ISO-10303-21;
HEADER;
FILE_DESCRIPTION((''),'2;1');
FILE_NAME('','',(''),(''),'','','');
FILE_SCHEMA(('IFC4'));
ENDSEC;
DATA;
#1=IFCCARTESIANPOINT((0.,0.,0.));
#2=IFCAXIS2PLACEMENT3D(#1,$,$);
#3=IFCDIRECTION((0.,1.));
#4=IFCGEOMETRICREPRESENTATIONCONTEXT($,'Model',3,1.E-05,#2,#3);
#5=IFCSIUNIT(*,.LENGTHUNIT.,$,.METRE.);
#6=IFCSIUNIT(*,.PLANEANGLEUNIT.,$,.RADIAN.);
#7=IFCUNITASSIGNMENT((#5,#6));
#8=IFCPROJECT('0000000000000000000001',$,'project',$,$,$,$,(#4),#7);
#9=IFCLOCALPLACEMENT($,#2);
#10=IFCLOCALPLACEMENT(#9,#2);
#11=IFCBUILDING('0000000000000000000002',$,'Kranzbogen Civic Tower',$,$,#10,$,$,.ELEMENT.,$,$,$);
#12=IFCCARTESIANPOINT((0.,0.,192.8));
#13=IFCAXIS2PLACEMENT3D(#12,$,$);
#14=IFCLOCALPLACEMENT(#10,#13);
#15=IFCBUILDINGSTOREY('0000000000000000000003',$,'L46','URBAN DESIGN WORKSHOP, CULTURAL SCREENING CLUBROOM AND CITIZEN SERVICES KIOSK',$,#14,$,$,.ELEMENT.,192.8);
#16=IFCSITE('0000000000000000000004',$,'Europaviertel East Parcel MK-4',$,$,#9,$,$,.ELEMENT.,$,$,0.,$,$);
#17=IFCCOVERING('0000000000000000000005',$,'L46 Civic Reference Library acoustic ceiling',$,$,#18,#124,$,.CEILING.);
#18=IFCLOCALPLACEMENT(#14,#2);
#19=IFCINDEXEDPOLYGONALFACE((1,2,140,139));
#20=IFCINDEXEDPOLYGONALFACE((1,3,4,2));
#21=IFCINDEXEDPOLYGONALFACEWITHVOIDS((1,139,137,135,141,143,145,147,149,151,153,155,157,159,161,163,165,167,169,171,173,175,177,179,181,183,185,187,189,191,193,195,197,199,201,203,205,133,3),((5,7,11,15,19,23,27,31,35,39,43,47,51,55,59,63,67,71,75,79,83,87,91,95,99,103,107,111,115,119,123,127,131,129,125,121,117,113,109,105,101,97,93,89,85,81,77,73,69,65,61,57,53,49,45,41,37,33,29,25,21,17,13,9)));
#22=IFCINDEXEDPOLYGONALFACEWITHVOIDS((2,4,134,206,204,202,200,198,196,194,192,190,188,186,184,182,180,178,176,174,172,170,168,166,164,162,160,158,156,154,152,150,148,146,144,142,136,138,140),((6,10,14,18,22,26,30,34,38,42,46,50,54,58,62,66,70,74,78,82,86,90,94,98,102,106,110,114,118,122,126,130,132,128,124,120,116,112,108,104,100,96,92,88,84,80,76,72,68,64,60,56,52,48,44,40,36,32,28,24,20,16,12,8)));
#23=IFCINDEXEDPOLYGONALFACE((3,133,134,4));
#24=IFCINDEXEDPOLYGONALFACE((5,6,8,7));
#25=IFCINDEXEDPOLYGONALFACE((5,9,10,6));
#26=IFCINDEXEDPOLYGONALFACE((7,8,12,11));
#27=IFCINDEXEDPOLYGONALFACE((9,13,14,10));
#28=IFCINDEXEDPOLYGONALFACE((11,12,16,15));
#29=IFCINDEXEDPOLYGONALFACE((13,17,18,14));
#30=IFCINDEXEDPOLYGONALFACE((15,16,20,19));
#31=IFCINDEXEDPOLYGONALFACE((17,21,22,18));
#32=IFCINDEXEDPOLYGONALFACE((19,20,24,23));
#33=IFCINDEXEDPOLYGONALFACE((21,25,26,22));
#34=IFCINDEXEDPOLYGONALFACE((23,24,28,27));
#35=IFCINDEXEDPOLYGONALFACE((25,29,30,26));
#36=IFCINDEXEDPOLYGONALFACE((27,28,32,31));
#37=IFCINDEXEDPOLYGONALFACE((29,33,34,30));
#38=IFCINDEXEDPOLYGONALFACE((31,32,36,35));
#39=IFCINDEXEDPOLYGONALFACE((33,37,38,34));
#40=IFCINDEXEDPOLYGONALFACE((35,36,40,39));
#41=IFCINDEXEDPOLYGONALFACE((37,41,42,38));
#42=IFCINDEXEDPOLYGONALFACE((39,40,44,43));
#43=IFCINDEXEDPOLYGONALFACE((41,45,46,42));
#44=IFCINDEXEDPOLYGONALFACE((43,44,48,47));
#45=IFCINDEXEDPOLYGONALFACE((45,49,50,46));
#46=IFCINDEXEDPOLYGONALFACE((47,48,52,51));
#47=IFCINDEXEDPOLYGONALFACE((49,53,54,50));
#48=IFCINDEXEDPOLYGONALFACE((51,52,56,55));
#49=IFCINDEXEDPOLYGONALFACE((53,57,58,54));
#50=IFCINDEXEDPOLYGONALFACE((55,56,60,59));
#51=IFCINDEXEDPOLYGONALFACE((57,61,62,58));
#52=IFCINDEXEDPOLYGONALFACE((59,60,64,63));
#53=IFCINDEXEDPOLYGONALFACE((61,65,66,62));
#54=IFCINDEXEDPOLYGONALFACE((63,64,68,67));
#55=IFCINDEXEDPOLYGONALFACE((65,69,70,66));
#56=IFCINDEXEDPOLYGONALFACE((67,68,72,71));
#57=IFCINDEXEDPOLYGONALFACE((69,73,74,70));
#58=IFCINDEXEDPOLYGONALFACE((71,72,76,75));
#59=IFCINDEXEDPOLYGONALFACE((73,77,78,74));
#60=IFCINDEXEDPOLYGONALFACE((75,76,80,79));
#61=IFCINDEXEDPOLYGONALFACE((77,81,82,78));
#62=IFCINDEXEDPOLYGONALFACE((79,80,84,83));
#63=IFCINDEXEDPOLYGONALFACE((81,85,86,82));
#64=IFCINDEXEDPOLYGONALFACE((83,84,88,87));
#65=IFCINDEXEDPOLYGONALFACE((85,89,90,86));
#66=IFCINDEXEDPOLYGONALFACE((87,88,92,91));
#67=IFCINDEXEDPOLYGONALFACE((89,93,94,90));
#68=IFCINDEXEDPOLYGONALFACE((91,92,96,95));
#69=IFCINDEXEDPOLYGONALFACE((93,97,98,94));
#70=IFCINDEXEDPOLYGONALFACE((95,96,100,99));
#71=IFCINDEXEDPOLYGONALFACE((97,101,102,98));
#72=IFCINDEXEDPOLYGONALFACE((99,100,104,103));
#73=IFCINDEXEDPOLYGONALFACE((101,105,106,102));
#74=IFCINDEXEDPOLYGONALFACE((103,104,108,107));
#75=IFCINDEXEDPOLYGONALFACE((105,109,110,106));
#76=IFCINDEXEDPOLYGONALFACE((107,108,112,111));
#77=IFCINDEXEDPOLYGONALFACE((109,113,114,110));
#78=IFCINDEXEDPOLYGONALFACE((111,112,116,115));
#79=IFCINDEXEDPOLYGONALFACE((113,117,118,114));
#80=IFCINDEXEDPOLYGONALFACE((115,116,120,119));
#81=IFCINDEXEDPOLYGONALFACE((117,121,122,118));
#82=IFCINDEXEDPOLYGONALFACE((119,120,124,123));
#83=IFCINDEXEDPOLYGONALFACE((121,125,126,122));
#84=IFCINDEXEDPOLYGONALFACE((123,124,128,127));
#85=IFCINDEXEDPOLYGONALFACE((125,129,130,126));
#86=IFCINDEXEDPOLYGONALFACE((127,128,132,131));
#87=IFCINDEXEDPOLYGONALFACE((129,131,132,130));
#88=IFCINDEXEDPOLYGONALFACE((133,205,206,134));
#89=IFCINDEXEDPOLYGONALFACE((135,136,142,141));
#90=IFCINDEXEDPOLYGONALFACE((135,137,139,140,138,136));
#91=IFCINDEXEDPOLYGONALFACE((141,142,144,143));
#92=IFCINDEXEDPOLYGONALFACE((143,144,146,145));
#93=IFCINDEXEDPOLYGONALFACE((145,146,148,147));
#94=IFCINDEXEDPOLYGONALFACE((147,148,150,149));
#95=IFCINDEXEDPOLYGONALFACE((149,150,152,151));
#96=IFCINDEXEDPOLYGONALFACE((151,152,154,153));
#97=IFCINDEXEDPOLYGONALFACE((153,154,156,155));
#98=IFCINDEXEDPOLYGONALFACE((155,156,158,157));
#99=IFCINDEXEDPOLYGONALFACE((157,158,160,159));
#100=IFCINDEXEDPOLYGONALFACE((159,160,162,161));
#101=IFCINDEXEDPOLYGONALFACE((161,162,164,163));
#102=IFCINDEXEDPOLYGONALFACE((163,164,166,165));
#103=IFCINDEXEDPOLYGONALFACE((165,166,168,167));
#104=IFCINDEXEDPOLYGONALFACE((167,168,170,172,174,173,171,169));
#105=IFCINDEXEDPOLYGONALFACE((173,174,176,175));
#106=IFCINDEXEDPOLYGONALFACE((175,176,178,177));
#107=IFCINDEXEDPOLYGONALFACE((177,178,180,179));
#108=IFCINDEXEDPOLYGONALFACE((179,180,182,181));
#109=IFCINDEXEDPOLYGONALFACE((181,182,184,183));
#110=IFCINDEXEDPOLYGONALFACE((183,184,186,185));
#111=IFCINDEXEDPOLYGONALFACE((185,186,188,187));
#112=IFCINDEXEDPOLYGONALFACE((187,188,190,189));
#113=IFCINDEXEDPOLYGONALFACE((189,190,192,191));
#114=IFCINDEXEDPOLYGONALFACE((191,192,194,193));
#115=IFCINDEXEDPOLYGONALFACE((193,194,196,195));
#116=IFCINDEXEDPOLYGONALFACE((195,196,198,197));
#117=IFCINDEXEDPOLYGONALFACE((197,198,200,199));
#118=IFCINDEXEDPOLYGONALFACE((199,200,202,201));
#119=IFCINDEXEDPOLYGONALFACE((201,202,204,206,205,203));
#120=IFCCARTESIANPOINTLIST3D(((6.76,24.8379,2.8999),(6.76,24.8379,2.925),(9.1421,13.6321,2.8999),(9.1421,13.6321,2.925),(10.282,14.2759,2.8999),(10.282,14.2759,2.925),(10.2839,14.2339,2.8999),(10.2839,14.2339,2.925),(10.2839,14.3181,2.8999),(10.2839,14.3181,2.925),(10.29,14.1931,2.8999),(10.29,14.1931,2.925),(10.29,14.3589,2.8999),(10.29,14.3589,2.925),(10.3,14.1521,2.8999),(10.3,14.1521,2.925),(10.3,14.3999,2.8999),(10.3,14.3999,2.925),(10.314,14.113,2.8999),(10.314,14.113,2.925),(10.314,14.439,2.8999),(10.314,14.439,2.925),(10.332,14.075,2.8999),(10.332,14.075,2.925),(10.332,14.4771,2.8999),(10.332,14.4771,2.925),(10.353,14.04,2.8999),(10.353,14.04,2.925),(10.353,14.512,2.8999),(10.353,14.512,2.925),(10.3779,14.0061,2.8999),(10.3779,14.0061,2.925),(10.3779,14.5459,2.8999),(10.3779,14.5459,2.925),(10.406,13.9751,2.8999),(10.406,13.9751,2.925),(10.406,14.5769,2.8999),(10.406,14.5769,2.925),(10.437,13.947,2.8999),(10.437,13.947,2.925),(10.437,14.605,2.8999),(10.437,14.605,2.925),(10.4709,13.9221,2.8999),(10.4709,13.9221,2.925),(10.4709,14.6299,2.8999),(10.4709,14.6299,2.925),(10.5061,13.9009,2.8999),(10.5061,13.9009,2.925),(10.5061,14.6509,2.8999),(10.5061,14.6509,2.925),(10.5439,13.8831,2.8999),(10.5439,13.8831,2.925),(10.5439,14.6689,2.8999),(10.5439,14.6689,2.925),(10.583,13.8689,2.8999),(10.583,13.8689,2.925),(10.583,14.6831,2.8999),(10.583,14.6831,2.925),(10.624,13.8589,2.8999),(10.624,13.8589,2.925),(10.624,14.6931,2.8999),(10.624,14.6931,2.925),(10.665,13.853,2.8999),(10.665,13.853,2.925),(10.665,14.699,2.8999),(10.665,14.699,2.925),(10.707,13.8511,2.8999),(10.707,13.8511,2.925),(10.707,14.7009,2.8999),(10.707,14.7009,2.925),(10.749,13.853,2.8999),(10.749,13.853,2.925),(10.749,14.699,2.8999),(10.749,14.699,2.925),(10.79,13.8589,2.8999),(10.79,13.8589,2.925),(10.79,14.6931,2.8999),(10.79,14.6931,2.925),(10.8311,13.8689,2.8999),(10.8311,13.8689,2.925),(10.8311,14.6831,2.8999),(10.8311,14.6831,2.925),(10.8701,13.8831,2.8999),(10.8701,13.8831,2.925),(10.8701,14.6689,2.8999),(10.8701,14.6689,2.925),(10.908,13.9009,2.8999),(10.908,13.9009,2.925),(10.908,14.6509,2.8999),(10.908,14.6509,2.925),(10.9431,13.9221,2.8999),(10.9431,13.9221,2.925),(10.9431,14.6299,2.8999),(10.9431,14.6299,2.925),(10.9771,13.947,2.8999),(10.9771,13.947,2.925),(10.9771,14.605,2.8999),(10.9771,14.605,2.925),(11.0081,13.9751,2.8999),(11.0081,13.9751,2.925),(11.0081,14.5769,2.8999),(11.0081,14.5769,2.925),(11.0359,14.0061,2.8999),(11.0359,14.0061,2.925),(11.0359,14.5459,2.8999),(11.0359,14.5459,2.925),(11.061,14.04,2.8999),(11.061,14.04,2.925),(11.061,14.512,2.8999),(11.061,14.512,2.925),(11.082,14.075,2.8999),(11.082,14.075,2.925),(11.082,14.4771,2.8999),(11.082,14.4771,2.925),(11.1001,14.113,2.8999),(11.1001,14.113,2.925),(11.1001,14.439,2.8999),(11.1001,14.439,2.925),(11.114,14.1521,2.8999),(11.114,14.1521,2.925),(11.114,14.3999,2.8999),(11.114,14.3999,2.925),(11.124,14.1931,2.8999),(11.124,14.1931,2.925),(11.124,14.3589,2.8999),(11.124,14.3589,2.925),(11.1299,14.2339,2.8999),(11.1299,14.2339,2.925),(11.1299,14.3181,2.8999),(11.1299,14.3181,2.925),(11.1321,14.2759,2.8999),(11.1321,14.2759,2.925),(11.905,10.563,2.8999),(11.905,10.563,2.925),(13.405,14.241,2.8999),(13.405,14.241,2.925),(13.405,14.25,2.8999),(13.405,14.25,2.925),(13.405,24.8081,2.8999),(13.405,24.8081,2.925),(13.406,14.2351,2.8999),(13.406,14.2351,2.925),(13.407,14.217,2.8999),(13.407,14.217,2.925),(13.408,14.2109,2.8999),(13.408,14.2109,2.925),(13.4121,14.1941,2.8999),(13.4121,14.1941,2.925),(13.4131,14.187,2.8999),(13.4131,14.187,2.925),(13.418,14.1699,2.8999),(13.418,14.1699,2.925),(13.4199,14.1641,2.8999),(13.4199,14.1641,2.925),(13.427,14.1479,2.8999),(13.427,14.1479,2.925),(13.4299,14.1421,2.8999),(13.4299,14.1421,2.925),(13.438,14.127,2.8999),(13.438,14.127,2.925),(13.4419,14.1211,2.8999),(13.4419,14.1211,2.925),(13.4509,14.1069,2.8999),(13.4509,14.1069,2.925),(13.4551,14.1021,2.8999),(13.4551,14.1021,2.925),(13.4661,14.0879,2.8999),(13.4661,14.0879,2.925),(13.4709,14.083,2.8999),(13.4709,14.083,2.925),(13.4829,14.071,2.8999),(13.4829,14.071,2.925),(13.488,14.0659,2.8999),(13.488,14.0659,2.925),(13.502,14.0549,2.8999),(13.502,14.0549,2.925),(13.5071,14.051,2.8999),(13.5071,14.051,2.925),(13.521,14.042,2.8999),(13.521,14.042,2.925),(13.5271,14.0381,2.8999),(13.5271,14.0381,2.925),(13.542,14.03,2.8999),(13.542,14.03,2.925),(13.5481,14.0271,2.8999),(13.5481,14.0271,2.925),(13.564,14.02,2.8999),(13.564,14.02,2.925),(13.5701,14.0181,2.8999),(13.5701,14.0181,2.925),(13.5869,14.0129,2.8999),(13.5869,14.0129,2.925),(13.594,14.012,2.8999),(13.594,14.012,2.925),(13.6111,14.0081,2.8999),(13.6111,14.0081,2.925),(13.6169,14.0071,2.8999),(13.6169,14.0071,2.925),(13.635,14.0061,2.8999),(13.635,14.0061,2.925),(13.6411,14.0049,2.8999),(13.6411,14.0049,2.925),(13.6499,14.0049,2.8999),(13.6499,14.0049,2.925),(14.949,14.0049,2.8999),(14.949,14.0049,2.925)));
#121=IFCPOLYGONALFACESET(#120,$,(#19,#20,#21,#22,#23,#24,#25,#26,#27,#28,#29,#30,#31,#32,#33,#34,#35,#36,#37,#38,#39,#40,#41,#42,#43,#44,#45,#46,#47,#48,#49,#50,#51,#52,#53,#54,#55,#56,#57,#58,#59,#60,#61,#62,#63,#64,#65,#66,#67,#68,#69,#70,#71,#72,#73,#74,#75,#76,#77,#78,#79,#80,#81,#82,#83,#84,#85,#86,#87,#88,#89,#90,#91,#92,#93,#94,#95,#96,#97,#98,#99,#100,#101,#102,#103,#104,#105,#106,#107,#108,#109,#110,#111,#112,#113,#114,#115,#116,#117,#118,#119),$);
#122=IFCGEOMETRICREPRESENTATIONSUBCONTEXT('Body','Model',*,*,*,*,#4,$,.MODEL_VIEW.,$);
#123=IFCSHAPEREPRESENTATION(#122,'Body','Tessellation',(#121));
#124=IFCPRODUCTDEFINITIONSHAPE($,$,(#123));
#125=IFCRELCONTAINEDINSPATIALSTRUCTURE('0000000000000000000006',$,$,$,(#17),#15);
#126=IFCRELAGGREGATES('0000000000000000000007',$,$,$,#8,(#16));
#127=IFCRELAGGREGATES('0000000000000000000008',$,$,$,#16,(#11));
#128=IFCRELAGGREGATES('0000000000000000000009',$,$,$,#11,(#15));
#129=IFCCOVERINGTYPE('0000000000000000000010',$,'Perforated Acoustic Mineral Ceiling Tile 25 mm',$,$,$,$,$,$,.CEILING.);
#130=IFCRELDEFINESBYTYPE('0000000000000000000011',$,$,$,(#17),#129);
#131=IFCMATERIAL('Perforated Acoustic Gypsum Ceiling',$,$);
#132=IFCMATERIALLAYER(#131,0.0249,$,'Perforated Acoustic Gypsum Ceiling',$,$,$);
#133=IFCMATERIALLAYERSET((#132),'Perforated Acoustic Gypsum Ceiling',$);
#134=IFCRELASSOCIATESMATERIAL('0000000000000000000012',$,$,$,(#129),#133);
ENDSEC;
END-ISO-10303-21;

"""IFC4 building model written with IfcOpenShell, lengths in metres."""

from ifc_helpers import new_model, si_unit, direction, frame, origin, place, context, subcontext, project, spatial, polyline, outline, extrude, material, layer, layer_set, type_object, element, save


model = new_model("IFC4")

# Units and contexts
model_context = context("Model", 3, precision=1e-05, world=origin(), true_north=direction((0.0, 1.0)))
body_context = subcontext(model_context, "Body", "Model", "MODEL_VIEW")
ifc_project = project(units=[si_unit("LENGTHUNIT", "METRE"), si_unit("PLANEANGLEUNIT", "RADIAN")], contexts=[model_context])

# Site, building, storey
site_placement = place(None, origin())
site = spatial("IfcSite", under=ifc_project, at=site_placement, Name="Europaviertel East Parcel MK-4", CompositionType="ELEMENT", RefElevation=0.0)
building_placement = place(site_placement, origin())
building = spatial("IfcBuilding", under=site, at=building_placement, Name="Kranzbogen Civic Tower", CompositionType="ELEMENT")
storey_placement = place(building_placement, frame((0.0, 0.0, 192.8)))
storey = spatial("IfcBuildingStorey", under=building, at=storey_placement, Name="L46", Description="URBAN DESIGN WORKSHOP, CULTURAL SCREENING CLUBROOM AND CITIZEN SERVICES KIOSK", CompositionType="ELEMENT", Elevation=192.8)

# Covering
ifc_material_1 = material(Name="Perforated Acoustic Gypsum Ceiling")
ifc_layer_1 = layer(ifc_material_1, 0.0249, Name="Perforated Acoustic Gypsum Ceiling")
ifc_layer_set_1 = layer_set([ifc_layer_1], Name="Perforated Acoustic Gypsum Ceiling")
covering_type = type_object("IfcCoveringType", Name="Perforated Acoustic Mineral Ceiling Tile 25 mm", PredefinedType="CEILING", material=ifc_layer_set_1)
covering_1_placement = place(storey_placement, frame((0.0, 0.0, 2.8999)))
element("IfcCovering", 1, at=covering_1_placement, inside=storey, type_object=covering_type, Name="L46 Civic Reference Library acoustic ceiling", PredefinedType="CEILING", context=body_context, shape_type="SweptSolid", body=[
    extrude(outline(polyline([(6.76, 24.8379), (13.405, 24.8081), (13.405, 14.25), (13.405, 14.241), (13.406, 14.2351), (13.407, 14.217), (13.408, 14.2109), (13.4121, 14.1941), (13.4131, 14.187), (13.418, 14.1699), (13.4199, 14.1641), (13.427, 14.1479), (13.4299, 14.1421), (13.438, 14.127), (13.4419, 14.1211), (13.4509, 14.1069), (13.4551, 14.1021), (13.4661, 14.0879), (13.4709, 14.083), (13.4829, 14.071), (13.488, 14.0659), (13.502, 14.0549), (13.5071, 14.051), (13.521, 14.042), (13.5271, 14.0381), (13.542, 14.03), (13.5481, 14.0271), (13.564, 14.02), (13.5701, 14.0181), (13.5869, 14.0129), (13.594, 14.012), (13.6111, 14.0081), (13.6169, 14.0071), (13.635, 14.0061), (13.6411, 14.0049), (13.6499, 14.0049), (14.949, 14.0049), (11.905, 10.563), (9.1421, 13.6321), (6.76, 24.8379)]), holes=[polyline([(11.1001, 14.113), (11.082, 14.075), (11.061, 14.04), (11.0359, 14.0061), (11.0081, 13.9751), (10.9771, 13.947), (10.9431, 13.9221), (10.908, 13.9009), (10.8701, 13.8831), (10.8311, 13.8689), (10.79, 13.8589), (10.749, 13.853), (10.707, 13.8511), (10.665, 13.853), (10.624, 13.8589), (10.583, 13.8689), (10.5439, 13.8831), (10.5061, 13.9009), (10.4709, 13.9221), (10.437, 13.947), (10.406, 13.9751), (10.3779, 14.0061), (10.353, 14.04), (10.332, 14.075), (10.314, 14.113), (10.3, 14.1521), (10.29, 14.1931), (10.2839, 14.2339), (10.282, 14.2759), (10.2839, 14.3181), (10.29, 14.3589), (10.3, 14.3999), (10.314, 14.439), (10.332, 14.4771), (10.353, 14.512), (10.3779, 14.5459), (10.406, 14.5769), (10.437, 14.605), (10.4709, 14.6299), (10.5061, 14.6509), (10.5439, 14.6689), (10.583, 14.6831), (10.624, 14.6931), (10.665, 14.699), (10.707, 14.7009), (10.749, 14.699), (10.79, 14.6931), (10.8311, 14.6831), (10.8701, 14.6689), (10.908, 14.6509), (10.9431, 14.6299), (10.9771, 14.605), (11.0081, 14.5769), (11.0359, 14.5459), (11.061, 14.512), (11.082, 14.4771), (11.1001, 14.439), (11.114, 14.3999), (11.124, 14.3589), (11.1299, 14.3181), (11.1321, 14.2759), (11.1299, 14.2339), (11.124, 14.1931), (11.114, 14.1521), (11.1001, 14.113)])]), origin(), (0.0, 0.0, 1.0), 0.0251),
])

save(model, "model.ifc")
